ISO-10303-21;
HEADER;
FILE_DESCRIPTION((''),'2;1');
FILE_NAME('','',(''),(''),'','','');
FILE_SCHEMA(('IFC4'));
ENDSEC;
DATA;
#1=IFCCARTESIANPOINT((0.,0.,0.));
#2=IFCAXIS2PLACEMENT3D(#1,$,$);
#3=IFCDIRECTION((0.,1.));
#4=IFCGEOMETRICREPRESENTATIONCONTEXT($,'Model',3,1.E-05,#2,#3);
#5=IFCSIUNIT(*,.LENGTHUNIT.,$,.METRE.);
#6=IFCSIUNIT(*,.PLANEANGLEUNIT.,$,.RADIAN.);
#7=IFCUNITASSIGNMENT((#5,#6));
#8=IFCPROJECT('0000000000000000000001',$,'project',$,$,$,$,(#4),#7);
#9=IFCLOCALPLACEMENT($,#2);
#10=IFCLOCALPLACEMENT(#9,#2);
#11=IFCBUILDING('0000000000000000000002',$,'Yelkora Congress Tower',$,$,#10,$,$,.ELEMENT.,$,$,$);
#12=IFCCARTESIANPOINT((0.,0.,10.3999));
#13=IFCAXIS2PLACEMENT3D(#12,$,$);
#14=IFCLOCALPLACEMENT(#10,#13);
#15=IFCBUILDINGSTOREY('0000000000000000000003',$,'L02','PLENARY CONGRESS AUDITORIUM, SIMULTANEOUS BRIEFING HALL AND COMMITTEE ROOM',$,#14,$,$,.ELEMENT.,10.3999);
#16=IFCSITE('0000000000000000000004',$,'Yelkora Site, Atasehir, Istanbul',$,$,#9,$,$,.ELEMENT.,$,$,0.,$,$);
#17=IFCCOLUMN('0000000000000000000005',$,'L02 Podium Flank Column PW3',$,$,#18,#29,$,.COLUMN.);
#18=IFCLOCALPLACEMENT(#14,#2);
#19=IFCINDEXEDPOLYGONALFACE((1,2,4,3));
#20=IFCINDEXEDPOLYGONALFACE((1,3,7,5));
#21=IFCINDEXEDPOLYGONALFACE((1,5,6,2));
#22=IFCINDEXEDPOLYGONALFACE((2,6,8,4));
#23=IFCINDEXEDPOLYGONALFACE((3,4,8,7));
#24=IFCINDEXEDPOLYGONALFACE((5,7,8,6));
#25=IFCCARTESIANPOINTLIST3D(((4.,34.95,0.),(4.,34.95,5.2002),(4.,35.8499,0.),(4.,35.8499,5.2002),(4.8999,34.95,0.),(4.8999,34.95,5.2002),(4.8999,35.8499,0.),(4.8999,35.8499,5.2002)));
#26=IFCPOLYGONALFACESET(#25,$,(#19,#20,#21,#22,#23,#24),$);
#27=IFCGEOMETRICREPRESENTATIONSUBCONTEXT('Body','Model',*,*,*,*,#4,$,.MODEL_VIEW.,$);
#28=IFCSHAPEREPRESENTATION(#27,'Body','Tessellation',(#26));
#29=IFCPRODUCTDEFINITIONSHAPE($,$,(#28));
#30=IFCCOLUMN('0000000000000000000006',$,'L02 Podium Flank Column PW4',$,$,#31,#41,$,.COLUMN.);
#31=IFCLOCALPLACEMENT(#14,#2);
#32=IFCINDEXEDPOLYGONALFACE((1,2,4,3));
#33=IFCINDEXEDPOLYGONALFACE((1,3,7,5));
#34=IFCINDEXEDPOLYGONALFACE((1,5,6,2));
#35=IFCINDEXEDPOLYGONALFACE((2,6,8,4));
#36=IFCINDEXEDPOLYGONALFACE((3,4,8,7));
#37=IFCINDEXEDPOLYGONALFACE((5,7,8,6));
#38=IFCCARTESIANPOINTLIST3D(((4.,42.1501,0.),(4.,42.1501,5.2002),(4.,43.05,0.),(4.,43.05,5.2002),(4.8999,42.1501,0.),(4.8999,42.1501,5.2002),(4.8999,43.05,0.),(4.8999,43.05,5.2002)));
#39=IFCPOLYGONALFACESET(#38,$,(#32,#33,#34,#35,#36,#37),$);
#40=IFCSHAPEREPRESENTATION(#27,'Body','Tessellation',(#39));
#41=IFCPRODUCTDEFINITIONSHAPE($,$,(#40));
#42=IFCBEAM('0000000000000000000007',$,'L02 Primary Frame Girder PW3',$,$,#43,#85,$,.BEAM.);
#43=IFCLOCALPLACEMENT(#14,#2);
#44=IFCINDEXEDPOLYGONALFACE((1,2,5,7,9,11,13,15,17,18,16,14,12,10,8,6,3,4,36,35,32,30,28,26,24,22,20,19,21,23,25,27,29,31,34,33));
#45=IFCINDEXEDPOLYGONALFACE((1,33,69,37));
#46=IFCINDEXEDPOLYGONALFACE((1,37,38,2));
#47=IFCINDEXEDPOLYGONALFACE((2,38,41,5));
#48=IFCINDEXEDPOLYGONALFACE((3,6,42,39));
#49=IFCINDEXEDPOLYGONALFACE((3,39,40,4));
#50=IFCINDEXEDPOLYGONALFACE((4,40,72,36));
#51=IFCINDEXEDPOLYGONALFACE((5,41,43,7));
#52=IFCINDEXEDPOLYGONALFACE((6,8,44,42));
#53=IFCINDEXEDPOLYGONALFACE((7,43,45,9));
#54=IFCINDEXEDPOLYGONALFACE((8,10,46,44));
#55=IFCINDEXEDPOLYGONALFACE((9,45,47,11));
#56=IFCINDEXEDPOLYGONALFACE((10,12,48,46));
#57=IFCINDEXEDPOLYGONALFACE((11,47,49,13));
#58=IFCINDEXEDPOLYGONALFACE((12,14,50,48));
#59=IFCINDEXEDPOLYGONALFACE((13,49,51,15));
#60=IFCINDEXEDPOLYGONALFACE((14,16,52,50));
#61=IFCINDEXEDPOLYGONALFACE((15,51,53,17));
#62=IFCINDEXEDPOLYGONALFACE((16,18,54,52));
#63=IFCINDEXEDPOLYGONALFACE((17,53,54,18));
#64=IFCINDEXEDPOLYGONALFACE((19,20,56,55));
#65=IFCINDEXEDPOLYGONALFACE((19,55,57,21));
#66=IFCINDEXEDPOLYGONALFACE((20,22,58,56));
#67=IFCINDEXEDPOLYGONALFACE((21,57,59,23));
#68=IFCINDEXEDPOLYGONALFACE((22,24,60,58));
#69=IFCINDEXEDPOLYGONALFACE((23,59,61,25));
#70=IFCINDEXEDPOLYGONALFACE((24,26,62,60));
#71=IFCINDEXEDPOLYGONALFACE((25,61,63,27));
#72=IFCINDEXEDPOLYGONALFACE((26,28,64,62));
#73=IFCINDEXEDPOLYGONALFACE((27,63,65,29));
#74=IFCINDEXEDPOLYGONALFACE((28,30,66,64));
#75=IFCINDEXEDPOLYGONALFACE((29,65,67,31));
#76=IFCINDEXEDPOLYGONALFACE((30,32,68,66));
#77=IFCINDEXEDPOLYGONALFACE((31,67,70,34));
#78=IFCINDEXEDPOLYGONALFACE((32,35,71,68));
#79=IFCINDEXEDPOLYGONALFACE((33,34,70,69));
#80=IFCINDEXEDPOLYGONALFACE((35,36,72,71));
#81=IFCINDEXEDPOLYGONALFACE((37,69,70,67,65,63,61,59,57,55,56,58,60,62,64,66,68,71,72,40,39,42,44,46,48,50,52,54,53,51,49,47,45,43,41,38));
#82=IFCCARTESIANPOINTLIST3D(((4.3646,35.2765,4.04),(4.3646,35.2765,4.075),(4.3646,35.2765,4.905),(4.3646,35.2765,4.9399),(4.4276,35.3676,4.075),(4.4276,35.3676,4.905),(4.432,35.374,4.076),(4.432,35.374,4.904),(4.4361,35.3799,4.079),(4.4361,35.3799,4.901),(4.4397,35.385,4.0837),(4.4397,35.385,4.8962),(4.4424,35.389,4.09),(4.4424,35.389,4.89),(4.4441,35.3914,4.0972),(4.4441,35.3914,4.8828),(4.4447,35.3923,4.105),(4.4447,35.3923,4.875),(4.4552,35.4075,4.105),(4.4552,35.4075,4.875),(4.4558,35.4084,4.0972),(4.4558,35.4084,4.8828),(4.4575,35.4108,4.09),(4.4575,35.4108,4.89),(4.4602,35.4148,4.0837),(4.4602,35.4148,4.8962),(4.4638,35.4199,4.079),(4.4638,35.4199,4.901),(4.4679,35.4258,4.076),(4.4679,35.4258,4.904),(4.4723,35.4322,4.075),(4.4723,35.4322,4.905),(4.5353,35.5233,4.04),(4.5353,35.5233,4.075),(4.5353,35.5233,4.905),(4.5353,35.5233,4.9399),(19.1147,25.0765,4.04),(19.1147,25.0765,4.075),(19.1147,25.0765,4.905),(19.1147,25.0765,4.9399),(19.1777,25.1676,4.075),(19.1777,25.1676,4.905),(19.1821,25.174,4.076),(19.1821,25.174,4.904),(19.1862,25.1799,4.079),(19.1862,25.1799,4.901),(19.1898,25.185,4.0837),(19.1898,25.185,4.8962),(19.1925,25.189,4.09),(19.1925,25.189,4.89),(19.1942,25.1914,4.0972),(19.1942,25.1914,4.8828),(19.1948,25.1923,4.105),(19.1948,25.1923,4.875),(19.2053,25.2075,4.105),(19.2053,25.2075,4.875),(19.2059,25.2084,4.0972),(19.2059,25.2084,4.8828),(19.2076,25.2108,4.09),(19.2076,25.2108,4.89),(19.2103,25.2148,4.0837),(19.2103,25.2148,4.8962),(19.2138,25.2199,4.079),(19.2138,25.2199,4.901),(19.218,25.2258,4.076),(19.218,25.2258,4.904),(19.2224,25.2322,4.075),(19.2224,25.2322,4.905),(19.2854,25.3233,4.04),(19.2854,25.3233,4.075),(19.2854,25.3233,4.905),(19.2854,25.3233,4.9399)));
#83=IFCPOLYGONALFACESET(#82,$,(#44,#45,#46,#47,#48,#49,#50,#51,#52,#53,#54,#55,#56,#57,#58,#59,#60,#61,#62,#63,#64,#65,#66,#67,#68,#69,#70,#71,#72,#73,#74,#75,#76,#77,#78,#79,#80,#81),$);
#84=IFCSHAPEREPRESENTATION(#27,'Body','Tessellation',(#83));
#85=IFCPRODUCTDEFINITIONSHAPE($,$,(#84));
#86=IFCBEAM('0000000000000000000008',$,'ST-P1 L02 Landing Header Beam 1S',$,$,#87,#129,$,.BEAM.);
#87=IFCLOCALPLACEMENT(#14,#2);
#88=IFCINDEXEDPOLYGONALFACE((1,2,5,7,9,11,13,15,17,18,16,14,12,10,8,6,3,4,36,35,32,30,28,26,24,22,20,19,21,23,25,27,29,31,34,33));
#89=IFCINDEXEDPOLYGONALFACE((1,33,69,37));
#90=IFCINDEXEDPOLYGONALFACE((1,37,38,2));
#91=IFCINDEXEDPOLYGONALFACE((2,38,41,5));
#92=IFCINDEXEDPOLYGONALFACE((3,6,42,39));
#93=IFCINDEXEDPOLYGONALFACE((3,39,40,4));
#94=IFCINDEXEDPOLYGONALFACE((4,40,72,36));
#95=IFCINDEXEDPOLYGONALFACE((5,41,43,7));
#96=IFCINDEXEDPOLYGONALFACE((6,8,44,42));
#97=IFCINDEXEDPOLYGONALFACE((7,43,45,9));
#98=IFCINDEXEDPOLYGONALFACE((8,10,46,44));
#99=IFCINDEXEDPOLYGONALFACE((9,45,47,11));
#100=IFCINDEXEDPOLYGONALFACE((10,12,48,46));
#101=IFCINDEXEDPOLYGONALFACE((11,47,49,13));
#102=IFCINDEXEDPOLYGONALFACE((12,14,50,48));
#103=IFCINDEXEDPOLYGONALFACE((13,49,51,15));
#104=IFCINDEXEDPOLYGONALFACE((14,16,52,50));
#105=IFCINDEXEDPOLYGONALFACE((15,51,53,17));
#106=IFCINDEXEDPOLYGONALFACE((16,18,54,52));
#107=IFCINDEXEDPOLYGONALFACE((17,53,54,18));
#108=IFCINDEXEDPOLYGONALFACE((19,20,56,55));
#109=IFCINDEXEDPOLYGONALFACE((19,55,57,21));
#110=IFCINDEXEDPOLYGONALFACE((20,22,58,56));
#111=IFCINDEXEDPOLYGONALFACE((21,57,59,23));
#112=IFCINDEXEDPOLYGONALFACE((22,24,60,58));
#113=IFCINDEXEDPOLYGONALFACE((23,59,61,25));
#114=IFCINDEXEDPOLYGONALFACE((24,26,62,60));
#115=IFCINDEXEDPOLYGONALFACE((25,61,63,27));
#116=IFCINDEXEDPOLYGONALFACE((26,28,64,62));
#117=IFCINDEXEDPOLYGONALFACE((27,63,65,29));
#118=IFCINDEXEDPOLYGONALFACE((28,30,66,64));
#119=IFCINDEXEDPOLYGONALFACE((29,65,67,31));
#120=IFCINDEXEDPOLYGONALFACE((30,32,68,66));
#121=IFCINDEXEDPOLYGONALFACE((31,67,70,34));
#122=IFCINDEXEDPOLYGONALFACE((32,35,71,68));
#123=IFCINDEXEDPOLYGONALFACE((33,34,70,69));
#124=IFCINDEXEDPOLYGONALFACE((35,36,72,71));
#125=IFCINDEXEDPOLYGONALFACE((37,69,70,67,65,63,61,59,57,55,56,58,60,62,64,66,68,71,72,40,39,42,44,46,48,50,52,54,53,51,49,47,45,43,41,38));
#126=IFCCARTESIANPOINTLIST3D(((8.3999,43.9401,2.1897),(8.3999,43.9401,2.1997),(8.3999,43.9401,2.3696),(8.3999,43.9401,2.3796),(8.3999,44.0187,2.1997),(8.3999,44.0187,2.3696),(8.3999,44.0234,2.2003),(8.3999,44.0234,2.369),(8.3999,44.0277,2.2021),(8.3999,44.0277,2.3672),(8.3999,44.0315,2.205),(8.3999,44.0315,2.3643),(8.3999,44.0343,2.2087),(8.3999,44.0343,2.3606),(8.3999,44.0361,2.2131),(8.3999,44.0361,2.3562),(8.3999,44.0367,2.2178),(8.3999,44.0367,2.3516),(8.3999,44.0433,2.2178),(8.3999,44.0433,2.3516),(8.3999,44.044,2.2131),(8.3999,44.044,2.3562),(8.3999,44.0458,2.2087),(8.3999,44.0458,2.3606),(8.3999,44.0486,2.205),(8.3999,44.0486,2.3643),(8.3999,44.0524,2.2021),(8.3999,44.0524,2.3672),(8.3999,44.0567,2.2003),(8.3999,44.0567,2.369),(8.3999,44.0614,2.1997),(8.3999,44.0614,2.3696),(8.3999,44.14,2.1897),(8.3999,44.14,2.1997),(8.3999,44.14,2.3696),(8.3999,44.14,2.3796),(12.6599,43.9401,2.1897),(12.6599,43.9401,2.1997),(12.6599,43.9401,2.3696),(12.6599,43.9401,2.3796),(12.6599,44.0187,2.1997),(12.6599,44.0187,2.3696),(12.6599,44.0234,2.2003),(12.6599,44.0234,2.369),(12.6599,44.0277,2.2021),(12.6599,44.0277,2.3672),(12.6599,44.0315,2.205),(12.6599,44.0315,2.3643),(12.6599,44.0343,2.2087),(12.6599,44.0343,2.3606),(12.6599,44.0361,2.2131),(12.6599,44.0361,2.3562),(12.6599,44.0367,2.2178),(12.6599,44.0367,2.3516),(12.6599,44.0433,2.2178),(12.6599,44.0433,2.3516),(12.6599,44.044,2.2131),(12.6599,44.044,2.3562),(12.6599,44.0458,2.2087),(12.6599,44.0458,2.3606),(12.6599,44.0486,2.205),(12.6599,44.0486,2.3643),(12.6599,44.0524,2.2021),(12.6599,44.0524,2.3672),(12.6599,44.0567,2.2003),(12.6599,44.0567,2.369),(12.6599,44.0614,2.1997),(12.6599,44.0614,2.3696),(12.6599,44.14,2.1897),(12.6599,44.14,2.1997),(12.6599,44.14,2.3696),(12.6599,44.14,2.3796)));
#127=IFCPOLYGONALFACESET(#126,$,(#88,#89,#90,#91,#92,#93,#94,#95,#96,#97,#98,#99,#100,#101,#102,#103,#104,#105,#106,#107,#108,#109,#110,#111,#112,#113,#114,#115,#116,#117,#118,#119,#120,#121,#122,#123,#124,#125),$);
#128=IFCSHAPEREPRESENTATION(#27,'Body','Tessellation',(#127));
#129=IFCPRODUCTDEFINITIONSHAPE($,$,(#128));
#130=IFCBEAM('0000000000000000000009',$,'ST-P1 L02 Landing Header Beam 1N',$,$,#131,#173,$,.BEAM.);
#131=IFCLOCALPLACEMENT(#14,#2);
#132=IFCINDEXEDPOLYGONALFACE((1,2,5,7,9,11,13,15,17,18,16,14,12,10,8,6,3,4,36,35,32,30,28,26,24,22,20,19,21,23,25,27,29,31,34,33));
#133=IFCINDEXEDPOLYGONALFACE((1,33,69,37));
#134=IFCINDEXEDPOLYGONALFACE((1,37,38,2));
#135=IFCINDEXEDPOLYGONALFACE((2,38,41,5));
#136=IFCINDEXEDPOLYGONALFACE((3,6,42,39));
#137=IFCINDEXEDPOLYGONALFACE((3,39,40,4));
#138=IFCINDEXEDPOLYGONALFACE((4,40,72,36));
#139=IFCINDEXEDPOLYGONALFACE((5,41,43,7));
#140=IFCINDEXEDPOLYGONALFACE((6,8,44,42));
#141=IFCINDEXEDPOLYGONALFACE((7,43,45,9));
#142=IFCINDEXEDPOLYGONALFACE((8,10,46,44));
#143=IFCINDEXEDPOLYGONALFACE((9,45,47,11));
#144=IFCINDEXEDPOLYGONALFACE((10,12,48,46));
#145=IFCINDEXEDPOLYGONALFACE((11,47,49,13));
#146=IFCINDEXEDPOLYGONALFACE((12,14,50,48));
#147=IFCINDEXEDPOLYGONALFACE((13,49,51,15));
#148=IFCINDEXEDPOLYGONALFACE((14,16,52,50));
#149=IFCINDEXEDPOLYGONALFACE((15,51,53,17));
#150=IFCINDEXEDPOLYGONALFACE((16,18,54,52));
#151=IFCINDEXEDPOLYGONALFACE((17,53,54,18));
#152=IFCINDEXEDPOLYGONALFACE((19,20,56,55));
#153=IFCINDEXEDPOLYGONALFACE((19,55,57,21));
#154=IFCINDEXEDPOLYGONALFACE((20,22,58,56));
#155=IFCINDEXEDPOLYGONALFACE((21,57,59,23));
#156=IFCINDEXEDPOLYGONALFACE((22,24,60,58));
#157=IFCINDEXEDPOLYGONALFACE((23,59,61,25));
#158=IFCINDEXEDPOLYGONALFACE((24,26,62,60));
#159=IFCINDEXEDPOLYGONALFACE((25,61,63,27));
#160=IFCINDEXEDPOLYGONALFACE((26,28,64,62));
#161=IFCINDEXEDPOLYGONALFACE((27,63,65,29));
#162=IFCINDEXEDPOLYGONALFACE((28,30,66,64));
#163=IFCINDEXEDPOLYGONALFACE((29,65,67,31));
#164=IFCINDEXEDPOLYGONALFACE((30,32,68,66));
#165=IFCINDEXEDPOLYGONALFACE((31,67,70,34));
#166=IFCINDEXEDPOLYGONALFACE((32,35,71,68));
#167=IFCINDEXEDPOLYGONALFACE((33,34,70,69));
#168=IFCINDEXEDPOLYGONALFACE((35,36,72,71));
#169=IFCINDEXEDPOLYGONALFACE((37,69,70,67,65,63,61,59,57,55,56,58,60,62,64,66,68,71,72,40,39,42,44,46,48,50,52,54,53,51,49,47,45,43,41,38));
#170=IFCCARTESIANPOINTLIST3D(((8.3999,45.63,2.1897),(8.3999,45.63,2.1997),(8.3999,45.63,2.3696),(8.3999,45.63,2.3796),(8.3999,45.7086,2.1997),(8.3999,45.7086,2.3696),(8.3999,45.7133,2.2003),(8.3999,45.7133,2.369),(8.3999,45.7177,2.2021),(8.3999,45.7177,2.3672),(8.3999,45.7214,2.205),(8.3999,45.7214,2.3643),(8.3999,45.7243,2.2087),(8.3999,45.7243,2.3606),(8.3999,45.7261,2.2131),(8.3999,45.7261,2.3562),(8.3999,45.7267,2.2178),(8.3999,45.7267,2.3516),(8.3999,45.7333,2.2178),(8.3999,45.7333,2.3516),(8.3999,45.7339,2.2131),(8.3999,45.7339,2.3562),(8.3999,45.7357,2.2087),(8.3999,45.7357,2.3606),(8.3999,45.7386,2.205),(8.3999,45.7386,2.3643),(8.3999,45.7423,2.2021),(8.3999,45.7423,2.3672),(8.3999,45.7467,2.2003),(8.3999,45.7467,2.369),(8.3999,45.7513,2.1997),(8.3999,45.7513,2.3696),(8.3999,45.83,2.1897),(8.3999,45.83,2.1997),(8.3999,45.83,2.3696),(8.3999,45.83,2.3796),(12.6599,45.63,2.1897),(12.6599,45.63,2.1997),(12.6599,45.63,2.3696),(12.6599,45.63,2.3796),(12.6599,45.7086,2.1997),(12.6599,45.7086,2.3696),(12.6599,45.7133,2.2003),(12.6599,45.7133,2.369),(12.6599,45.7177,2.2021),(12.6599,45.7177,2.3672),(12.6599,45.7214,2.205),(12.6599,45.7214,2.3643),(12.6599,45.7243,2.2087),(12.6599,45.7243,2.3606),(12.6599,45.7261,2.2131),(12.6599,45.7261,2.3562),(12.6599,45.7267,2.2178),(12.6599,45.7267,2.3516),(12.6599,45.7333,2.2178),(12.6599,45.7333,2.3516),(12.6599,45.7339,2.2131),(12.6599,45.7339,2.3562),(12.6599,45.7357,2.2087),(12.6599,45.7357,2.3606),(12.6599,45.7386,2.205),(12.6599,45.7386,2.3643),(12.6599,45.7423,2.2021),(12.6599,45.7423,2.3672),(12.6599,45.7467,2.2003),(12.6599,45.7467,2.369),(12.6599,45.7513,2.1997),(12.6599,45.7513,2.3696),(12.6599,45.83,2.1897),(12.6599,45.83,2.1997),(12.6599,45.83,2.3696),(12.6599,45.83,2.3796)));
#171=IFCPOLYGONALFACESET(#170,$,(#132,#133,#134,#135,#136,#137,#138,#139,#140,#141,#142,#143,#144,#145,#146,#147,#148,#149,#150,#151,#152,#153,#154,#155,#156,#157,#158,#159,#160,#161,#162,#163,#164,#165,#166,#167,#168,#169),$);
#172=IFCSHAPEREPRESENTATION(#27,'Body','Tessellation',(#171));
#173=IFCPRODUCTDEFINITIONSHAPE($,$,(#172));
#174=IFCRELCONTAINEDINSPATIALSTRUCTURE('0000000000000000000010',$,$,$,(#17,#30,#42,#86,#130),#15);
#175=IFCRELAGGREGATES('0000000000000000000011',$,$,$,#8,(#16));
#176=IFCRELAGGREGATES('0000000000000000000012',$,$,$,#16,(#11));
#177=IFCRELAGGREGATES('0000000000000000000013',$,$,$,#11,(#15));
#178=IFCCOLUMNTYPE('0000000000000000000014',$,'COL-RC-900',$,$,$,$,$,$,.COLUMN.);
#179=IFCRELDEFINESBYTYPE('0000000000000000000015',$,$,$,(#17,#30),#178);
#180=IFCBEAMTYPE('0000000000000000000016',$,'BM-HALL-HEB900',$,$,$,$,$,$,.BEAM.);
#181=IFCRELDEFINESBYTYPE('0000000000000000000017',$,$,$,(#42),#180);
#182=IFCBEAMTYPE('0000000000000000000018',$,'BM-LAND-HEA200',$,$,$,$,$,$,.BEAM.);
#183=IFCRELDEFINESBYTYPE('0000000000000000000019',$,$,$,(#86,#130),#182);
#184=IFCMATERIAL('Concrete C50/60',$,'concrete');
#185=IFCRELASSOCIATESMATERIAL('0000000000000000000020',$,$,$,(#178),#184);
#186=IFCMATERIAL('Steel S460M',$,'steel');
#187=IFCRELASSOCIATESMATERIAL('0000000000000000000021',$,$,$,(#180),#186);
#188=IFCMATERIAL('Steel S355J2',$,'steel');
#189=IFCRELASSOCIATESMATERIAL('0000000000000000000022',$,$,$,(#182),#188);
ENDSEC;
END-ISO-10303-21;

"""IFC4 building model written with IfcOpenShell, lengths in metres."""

from ifc_helpers import new_model, si_unit, direction, frame, origin, origin_2d, place, context, subcontext, project, spatial, rectangle, i_section, extrude, material, material_profile, profile_set, type_object, element, save


model = new_model("IFC4")

# Units and contexts
model_context = context("Model", 3, precision=1e-05, world=origin(), true_north=direction((0.0, 1.0)))
body_context = subcontext(model_context, "Body", "Model", "MODEL_VIEW")
ifc_project = project(units=[si_unit("LENGTHUNIT", "METRE"), si_unit("PLANEANGLEUNIT", "RADIAN")], contexts=[model_context])

# Site, building, storey
site_placement = place(None, origin())
site = spatial("IfcSite", under=ifc_project, at=site_placement, Name="Yelkora Site, Atasehir, Istanbul", CompositionType="ELEMENT", RefElevation=0.0)
building_placement = place(site_placement, origin())
building = spatial("IfcBuilding", under=site, at=building_placement, Name="Yelkora Congress Tower", CompositionType="ELEMENT")
storey_placement = place(building_placement, frame((0.0, 0.0, 10.3999)))
storey = spatial("IfcBuildingStorey", under=building, at=storey_placement, Name="L02", Description="PLENARY CONGRESS AUDITORIUM, SIMULTANEOUS BRIEFING HALL AND COMMITTEE ROOM", CompositionType="ELEMENT", Elevation=10.3999)

# Columns
ifc_material_1 = material(Name="Concrete C50/60", Category="concrete")
ifc_material_profile_1 = material_profile(ifc_material_1, rectangle(XDim=0.8999, YDim=0.8999, at=origin_2d()), Name="RC 900x900")
ifc_profile_set_1 = profile_set([ifc_material_profile_1], Name="Concrete C50/60")
column_type = type_object("IfcColumnType", Name="COL-RC-900", PredefinedType="COLUMN", material=ifc_profile_set_1)
for number, where, z_axis, x_axis, name in (
    (1, (4.45, 35.3999, 0.0), (0.0, 0.0, 1.0), (1.0, 0.0, 0.0), "L02 Podium Flank Column PW3"),
    (2, (4.45, 42.6001, 0.0), (0.0, 0.0, 1.0), (1.0, 0.0, 0.0), "L02 Podium Flank Column PW4"),
):
    element("IfcColumn", number, at=place(storey_placement, frame(where, z_axis=z_axis, x_axis=x_axis)), inside=storey, type_object=column_type, Name=name, PredefinedType="COLUMN", context=body_context, shape_type="SweptSolid", body=[
        extrude(rectangle(XDim=0.8999, YDim=0.8999, at=origin_2d()), origin(), (0.0, 0.0, 1.0), 5.2002),
    ])

# Beams
ifc_material_2 = material(Name="Steel S460M", Category="steel")
ifc_material_profile_2 = material_profile(ifc_material_2, i_section(OverallWidth=0.3, OverallDepth=0.8999, WebThickness=0.0186, FlangeThickness=0.0349, FilletRadius=0.03, at=origin_2d()), Name="HEB 900")
ifc_profile_set_2 = profile_set([ifc_material_profile_2], Name="Steel S460M")
beam_type_1 = type_object("IfcBeamType", Name="BM-HALL-HEB900", PredefinedType="BEAM", material=ifc_profile_set_2)
beam_1_placement = place(storey_placement, frame((4.45, 35.3999, 4.49), z_axis=(0.822494, -0.568773, 0.0), x_axis=(0.568773, 0.822494, 0.0)))
element("IfcBeam", 3, at=beam_1_placement, inside=storey, type_object=beam_type_1, Name="L02 Primary Frame Girder PW3", PredefinedType="BEAM", context=body_context, shape_type="SweptSolid", body=[
    extrude(i_section(OverallWidth=0.3, OverallDepth=0.8999, WebThickness=0.0186, FlangeThickness=0.0349, FilletRadius=0.03, at=origin_2d()), origin(), (0.0, 0.0, 1.0), 17.9333),
])
ifc_material_3 = material(Name="Steel S355J2", Category="steel")
ifc_material_profile_3 = material_profile(ifc_material_3, i_section(OverallWidth=0.2, OverallDepth=0.1899, WebThickness=0.0066, FlangeThickness=0.01, FilletRadius=0.0181, at=origin_2d()), Name="HEA 200")
ifc_profile_set_3 = profile_set([ifc_material_profile_3], Name="Steel S355J2")
beam_type_2 = type_object("IfcBeamType", Name="BM-LAND-HEA200", PredefinedType="BEAM", material=ifc_profile_set_3)
for number, where, z_axis, x_axis, name in (
    (4, (8.3999, 44.04, 2.2847), (1.0, 0.0, 0.0), (0.0, 1.0, 0.0), "ST-P1 L02 Landing Header Beam 1S"),
    (5, (8.3999, 45.73, 2.2847), (1.0, 0.0, 0.0), (0.0, 1.0, 0.0), "ST-P1 L02 Landing Header Beam 1N"),
):
    element("IfcBeam", number, at=place(storey_placement, frame(where, z_axis=z_axis, x_axis=x_axis)), inside=storey, type_object=beam_type_2, Name=name, PredefinedType="BEAM", context=body_context, shape_type="SweptSolid", body=[
        extrude(i_section(OverallWidth=0.2, OverallDepth=0.1899, WebThickness=0.0066, FlangeThickness=0.01, FilletRadius=0.0181, at=origin_2d()), origin(), (0.0, 0.0, 1.0), 4.26),
    ])

save(model, "model.ifc")
